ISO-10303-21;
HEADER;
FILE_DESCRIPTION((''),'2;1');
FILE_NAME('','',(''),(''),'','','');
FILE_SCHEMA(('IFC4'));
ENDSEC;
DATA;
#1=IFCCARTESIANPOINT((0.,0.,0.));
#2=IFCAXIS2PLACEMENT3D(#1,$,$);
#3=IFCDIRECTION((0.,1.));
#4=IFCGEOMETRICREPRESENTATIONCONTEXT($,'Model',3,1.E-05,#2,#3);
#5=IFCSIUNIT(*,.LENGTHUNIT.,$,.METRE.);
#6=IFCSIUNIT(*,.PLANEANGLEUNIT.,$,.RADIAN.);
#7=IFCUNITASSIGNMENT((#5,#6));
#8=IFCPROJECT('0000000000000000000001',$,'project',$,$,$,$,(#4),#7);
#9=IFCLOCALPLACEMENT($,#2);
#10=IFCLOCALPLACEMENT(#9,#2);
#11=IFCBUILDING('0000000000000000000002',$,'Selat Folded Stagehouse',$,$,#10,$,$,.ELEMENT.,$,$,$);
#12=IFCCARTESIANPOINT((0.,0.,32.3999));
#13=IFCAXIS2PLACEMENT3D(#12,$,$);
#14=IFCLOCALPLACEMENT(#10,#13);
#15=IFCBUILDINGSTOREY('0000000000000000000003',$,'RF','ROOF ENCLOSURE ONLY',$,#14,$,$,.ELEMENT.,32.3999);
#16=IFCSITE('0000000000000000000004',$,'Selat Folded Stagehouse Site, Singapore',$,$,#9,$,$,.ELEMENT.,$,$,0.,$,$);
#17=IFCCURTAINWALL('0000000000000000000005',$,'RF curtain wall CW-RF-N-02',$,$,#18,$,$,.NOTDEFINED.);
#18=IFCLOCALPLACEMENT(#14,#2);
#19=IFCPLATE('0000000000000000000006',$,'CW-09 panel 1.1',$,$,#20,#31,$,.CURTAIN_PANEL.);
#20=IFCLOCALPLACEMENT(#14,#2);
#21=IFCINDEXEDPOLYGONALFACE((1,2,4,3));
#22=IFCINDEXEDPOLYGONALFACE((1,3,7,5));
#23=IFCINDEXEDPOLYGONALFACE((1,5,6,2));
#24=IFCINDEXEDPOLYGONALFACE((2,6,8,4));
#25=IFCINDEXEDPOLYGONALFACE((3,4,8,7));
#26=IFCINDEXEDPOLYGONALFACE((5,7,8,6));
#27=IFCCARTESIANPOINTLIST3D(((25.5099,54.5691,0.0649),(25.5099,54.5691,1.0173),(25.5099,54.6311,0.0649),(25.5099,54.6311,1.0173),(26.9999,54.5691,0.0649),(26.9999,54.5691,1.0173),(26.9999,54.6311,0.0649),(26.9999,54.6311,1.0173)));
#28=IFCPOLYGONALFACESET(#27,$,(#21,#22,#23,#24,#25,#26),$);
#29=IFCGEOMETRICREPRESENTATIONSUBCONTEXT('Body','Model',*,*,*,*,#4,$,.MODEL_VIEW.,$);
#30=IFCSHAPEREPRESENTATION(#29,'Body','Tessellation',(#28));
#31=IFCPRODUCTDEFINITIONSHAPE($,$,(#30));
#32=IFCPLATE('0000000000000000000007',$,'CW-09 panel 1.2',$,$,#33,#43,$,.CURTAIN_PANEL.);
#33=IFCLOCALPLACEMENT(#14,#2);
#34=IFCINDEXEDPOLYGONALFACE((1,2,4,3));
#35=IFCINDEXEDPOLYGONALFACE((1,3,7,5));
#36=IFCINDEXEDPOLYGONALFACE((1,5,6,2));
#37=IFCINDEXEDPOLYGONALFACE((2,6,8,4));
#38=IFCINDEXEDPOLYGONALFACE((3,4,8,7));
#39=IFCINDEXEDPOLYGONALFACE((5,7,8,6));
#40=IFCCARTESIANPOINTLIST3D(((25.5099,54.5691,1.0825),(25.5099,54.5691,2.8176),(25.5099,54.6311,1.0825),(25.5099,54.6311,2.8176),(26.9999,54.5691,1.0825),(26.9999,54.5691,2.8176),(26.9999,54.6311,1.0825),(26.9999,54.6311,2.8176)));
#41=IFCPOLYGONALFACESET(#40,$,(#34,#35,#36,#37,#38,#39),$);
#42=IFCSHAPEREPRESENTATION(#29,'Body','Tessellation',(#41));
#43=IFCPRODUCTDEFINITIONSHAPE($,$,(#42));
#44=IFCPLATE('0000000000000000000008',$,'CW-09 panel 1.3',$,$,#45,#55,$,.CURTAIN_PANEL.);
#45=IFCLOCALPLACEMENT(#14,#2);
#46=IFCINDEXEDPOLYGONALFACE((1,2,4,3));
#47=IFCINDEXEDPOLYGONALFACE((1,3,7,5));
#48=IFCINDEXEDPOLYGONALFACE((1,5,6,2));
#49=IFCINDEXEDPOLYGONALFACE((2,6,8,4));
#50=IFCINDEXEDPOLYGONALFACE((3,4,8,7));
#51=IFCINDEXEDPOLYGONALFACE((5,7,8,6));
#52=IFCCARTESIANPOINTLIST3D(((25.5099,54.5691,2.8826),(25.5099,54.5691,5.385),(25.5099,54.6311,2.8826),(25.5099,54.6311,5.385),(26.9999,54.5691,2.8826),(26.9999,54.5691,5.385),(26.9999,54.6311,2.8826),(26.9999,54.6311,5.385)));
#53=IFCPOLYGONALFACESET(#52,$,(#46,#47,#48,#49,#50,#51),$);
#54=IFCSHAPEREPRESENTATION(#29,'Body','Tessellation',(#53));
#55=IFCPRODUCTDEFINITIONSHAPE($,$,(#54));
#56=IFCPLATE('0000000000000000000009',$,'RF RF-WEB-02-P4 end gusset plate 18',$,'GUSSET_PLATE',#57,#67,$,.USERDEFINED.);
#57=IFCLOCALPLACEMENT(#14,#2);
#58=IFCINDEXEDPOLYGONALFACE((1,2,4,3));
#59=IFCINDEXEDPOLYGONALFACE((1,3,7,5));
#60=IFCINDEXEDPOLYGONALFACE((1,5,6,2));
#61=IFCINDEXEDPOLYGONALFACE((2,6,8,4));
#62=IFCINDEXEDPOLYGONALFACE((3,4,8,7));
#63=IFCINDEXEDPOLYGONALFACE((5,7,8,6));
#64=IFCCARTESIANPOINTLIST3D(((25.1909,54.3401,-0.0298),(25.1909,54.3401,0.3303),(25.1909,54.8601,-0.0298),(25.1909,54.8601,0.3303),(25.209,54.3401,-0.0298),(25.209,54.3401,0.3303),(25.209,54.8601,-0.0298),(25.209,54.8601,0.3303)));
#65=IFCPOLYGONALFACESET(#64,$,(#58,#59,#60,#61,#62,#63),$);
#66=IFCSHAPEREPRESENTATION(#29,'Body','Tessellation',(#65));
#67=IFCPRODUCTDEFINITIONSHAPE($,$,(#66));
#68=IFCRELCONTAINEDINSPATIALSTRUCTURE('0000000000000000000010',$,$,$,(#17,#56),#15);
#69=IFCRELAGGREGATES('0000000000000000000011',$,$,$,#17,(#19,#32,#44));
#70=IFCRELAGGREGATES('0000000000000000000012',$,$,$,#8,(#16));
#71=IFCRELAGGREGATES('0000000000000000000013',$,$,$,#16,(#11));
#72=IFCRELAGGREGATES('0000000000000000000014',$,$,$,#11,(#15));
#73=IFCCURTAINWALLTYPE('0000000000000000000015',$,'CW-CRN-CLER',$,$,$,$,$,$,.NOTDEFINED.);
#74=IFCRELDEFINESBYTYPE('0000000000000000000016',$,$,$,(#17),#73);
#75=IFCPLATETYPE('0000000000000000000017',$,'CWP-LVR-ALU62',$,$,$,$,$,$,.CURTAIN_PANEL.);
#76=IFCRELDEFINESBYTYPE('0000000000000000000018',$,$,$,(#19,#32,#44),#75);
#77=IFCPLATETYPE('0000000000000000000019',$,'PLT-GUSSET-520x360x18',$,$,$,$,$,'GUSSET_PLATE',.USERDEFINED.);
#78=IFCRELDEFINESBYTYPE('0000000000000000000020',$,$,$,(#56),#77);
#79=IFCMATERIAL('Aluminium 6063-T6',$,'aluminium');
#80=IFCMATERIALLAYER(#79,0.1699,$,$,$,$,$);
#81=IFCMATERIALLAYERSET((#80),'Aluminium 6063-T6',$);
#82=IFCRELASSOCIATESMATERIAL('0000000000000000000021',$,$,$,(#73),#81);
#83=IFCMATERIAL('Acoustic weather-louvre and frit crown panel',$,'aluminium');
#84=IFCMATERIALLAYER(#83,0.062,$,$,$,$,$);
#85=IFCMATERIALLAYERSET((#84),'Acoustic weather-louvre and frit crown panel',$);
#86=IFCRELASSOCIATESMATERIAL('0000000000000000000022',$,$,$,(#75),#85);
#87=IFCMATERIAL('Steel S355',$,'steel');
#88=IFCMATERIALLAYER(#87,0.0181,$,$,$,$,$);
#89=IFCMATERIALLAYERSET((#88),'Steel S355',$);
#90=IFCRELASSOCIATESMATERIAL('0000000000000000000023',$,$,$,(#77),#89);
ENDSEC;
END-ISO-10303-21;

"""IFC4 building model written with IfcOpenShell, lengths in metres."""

from ifc_helpers import new_model, si_unit, direction, frame, origin, origin_2d, place, context, subcontext, project, spatial, rectangle, extrude, material, layer, layer_set, type_object, element, aggregate, save


model = new_model("IFC4")

# Units and contexts
model_context = context("Model", 3, precision=1e-05, world=origin(), true_north=direction((0.0, 1.0)))
body_context = subcontext(model_context, "Body", "Model", "MODEL_VIEW")
ifc_project = project(units=[si_unit("LENGTHUNIT", "METRE"), si_unit("PLANEANGLEUNIT", "RADIAN")], contexts=[model_context])

# Site, building, storey
site_placement = place(None, origin())
site = spatial("IfcSite", under=ifc_project, at=site_placement, Name="Selat Folded Stagehouse Site, Singapore", CompositionType="ELEMENT", RefElevation=0.0)
building_placement = place(site_placement, origin())
building = spatial("IfcBuilding", under=site, at=building_placement, Name="Selat Folded Stagehouse", CompositionType="ELEMENT")
storey_placement = place(building_placement, frame((0.0, 0.0, 32.3999)))
storey = spatial("IfcBuildingStorey", under=building, at=storey_placement, Name="RF", Description="ROOF ENCLOSURE ONLY", CompositionType="ELEMENT", Elevation=32.3999)

# Shared definitions
ifc_material_1 = material(Name="Steel S355", Category="steel")

# Curtain wall
ifc_material_2 = material(Name="Aluminium 6063-T6", Category="aluminium")
ifc_layer_1 = layer(ifc_material_2, 0.1699)
ifc_layer_set_1 = layer_set([ifc_layer_1], Name="Aluminium 6063-T6")
curtain_wall_type = type_object("IfcCurtainWallType", Name="CW-CRN-CLER", PredefinedType="NOTDEFINED", material=ifc_layer_set_1)
curtain_wall_1_placement = place(storey_placement, origin())
curtain_wall_1 = element("IfcCurtainWall", 1, at=curtain_wall_1_placement, inside=storey, type_object=curtain_wall_type, Name="RF curtain wall CW-RF-N-02", PredefinedType="NOTDEFINED")

# Plates
ifc_material_3 = material(Name="Acoustic weather-louvre and frit crown panel", Category="aluminium")
ifc_layer_2 = layer(ifc_material_3, 0.062)
ifc_layer_set_2 = layer_set([ifc_layer_2], Name="Acoustic weather-louvre and frit crown panel")
plate_type_1 = type_object("IfcPlateType", Name="CWP-LVR-ALU62", PredefinedType="CURTAIN_PANEL", material=ifc_layer_set_2)
plate_1_placement = place(storey_placement, frame((26.2549, 54.6001, 0.0649), z_axis=(0.0, 0.0, 1.0), x_axis=(1.0, 0.0, 0.0)))
plate_1 = element("IfcPlate", 2, at=plate_1_placement, type_object=plate_type_1, Name="CW-09 panel 1.1", PredefinedType="CURTAIN_PANEL", context=body_context, shape_type="SweptSolid", body=[
    extrude(rectangle(XDim=1.49, YDim=0.062, at=origin_2d()), origin(), (0.0, 0.0, 1.0), 0.9524),
])
plate_2_placement = place(storey_placement, frame((26.2549, 54.6001, 1.0825), z_axis=(0.0, 0.0, 1.0), x_axis=(1.0, 0.0, 0.0)))
plate_2 = element("IfcPlate", 3, at=plate_2_placement, type_object=plate_type_1, Name="CW-09 panel 1.2", PredefinedType="CURTAIN_PANEL", context=body_context, shape_type="SweptSolid", body=[
    extrude(rectangle(XDim=1.49, YDim=0.062, at=origin_2d()), origin(), (0.0, 0.0, 1.0), 1.7351),
])
plate_3_placement = place(storey_placement, frame((26.2549, 54.6001, 2.8826), z_axis=(0.0, 0.0, 1.0), x_axis=(1.0, 0.0, 0.0)))
plate_3 = element("IfcPlate", 4, at=plate_3_placement, type_object=plate_type_1, Name="CW-09 panel 1.3", PredefinedType="CURTAIN_PANEL", context=body_context, shape_type="SweptSolid", body=[
    extrude(rectangle(XDim=1.49, YDim=0.062, at=origin_2d()), origin(), (0.0, 0.0, 1.0), 2.5024),
])
aggregate(curtain_wall_1, [plate_1, plate_2, plate_3])
ifc_layer_3 = layer(ifc_material_1, 0.0181)
ifc_layer_set_3 = layer_set([ifc_layer_3], Name="Steel S355")
plate_type_2 = type_object("IfcPlateType", Name="PLT-GUSSET-520x360x18", ElementType="GUSSET_PLATE", PredefinedType="USERDEFINED", material=ifc_layer_set_3)
plate_4_placement = place(storey_placement, frame((25.2, 54.6001, -0.0298), z_axis=(0.0, 0.0, 1.0), x_axis=(0.0, 1.0, 0.0)))
element("IfcPlate", 5, at=plate_4_placement, inside=storey, type_object=plate_type_2, Name="RF RF-WEB-02-P4 end gusset plate 18", ObjectType="GUSSET_PLATE", PredefinedType="USERDEFINED", context=body_context, shape_type="SweptSolid", body=[
    extrude(rectangle(XDim=0.52, YDim=0.0181, at=origin_2d()), origin(), (0.0, 0.0, 1.0), 0.3601),
])

save(model, "model.ifc")
